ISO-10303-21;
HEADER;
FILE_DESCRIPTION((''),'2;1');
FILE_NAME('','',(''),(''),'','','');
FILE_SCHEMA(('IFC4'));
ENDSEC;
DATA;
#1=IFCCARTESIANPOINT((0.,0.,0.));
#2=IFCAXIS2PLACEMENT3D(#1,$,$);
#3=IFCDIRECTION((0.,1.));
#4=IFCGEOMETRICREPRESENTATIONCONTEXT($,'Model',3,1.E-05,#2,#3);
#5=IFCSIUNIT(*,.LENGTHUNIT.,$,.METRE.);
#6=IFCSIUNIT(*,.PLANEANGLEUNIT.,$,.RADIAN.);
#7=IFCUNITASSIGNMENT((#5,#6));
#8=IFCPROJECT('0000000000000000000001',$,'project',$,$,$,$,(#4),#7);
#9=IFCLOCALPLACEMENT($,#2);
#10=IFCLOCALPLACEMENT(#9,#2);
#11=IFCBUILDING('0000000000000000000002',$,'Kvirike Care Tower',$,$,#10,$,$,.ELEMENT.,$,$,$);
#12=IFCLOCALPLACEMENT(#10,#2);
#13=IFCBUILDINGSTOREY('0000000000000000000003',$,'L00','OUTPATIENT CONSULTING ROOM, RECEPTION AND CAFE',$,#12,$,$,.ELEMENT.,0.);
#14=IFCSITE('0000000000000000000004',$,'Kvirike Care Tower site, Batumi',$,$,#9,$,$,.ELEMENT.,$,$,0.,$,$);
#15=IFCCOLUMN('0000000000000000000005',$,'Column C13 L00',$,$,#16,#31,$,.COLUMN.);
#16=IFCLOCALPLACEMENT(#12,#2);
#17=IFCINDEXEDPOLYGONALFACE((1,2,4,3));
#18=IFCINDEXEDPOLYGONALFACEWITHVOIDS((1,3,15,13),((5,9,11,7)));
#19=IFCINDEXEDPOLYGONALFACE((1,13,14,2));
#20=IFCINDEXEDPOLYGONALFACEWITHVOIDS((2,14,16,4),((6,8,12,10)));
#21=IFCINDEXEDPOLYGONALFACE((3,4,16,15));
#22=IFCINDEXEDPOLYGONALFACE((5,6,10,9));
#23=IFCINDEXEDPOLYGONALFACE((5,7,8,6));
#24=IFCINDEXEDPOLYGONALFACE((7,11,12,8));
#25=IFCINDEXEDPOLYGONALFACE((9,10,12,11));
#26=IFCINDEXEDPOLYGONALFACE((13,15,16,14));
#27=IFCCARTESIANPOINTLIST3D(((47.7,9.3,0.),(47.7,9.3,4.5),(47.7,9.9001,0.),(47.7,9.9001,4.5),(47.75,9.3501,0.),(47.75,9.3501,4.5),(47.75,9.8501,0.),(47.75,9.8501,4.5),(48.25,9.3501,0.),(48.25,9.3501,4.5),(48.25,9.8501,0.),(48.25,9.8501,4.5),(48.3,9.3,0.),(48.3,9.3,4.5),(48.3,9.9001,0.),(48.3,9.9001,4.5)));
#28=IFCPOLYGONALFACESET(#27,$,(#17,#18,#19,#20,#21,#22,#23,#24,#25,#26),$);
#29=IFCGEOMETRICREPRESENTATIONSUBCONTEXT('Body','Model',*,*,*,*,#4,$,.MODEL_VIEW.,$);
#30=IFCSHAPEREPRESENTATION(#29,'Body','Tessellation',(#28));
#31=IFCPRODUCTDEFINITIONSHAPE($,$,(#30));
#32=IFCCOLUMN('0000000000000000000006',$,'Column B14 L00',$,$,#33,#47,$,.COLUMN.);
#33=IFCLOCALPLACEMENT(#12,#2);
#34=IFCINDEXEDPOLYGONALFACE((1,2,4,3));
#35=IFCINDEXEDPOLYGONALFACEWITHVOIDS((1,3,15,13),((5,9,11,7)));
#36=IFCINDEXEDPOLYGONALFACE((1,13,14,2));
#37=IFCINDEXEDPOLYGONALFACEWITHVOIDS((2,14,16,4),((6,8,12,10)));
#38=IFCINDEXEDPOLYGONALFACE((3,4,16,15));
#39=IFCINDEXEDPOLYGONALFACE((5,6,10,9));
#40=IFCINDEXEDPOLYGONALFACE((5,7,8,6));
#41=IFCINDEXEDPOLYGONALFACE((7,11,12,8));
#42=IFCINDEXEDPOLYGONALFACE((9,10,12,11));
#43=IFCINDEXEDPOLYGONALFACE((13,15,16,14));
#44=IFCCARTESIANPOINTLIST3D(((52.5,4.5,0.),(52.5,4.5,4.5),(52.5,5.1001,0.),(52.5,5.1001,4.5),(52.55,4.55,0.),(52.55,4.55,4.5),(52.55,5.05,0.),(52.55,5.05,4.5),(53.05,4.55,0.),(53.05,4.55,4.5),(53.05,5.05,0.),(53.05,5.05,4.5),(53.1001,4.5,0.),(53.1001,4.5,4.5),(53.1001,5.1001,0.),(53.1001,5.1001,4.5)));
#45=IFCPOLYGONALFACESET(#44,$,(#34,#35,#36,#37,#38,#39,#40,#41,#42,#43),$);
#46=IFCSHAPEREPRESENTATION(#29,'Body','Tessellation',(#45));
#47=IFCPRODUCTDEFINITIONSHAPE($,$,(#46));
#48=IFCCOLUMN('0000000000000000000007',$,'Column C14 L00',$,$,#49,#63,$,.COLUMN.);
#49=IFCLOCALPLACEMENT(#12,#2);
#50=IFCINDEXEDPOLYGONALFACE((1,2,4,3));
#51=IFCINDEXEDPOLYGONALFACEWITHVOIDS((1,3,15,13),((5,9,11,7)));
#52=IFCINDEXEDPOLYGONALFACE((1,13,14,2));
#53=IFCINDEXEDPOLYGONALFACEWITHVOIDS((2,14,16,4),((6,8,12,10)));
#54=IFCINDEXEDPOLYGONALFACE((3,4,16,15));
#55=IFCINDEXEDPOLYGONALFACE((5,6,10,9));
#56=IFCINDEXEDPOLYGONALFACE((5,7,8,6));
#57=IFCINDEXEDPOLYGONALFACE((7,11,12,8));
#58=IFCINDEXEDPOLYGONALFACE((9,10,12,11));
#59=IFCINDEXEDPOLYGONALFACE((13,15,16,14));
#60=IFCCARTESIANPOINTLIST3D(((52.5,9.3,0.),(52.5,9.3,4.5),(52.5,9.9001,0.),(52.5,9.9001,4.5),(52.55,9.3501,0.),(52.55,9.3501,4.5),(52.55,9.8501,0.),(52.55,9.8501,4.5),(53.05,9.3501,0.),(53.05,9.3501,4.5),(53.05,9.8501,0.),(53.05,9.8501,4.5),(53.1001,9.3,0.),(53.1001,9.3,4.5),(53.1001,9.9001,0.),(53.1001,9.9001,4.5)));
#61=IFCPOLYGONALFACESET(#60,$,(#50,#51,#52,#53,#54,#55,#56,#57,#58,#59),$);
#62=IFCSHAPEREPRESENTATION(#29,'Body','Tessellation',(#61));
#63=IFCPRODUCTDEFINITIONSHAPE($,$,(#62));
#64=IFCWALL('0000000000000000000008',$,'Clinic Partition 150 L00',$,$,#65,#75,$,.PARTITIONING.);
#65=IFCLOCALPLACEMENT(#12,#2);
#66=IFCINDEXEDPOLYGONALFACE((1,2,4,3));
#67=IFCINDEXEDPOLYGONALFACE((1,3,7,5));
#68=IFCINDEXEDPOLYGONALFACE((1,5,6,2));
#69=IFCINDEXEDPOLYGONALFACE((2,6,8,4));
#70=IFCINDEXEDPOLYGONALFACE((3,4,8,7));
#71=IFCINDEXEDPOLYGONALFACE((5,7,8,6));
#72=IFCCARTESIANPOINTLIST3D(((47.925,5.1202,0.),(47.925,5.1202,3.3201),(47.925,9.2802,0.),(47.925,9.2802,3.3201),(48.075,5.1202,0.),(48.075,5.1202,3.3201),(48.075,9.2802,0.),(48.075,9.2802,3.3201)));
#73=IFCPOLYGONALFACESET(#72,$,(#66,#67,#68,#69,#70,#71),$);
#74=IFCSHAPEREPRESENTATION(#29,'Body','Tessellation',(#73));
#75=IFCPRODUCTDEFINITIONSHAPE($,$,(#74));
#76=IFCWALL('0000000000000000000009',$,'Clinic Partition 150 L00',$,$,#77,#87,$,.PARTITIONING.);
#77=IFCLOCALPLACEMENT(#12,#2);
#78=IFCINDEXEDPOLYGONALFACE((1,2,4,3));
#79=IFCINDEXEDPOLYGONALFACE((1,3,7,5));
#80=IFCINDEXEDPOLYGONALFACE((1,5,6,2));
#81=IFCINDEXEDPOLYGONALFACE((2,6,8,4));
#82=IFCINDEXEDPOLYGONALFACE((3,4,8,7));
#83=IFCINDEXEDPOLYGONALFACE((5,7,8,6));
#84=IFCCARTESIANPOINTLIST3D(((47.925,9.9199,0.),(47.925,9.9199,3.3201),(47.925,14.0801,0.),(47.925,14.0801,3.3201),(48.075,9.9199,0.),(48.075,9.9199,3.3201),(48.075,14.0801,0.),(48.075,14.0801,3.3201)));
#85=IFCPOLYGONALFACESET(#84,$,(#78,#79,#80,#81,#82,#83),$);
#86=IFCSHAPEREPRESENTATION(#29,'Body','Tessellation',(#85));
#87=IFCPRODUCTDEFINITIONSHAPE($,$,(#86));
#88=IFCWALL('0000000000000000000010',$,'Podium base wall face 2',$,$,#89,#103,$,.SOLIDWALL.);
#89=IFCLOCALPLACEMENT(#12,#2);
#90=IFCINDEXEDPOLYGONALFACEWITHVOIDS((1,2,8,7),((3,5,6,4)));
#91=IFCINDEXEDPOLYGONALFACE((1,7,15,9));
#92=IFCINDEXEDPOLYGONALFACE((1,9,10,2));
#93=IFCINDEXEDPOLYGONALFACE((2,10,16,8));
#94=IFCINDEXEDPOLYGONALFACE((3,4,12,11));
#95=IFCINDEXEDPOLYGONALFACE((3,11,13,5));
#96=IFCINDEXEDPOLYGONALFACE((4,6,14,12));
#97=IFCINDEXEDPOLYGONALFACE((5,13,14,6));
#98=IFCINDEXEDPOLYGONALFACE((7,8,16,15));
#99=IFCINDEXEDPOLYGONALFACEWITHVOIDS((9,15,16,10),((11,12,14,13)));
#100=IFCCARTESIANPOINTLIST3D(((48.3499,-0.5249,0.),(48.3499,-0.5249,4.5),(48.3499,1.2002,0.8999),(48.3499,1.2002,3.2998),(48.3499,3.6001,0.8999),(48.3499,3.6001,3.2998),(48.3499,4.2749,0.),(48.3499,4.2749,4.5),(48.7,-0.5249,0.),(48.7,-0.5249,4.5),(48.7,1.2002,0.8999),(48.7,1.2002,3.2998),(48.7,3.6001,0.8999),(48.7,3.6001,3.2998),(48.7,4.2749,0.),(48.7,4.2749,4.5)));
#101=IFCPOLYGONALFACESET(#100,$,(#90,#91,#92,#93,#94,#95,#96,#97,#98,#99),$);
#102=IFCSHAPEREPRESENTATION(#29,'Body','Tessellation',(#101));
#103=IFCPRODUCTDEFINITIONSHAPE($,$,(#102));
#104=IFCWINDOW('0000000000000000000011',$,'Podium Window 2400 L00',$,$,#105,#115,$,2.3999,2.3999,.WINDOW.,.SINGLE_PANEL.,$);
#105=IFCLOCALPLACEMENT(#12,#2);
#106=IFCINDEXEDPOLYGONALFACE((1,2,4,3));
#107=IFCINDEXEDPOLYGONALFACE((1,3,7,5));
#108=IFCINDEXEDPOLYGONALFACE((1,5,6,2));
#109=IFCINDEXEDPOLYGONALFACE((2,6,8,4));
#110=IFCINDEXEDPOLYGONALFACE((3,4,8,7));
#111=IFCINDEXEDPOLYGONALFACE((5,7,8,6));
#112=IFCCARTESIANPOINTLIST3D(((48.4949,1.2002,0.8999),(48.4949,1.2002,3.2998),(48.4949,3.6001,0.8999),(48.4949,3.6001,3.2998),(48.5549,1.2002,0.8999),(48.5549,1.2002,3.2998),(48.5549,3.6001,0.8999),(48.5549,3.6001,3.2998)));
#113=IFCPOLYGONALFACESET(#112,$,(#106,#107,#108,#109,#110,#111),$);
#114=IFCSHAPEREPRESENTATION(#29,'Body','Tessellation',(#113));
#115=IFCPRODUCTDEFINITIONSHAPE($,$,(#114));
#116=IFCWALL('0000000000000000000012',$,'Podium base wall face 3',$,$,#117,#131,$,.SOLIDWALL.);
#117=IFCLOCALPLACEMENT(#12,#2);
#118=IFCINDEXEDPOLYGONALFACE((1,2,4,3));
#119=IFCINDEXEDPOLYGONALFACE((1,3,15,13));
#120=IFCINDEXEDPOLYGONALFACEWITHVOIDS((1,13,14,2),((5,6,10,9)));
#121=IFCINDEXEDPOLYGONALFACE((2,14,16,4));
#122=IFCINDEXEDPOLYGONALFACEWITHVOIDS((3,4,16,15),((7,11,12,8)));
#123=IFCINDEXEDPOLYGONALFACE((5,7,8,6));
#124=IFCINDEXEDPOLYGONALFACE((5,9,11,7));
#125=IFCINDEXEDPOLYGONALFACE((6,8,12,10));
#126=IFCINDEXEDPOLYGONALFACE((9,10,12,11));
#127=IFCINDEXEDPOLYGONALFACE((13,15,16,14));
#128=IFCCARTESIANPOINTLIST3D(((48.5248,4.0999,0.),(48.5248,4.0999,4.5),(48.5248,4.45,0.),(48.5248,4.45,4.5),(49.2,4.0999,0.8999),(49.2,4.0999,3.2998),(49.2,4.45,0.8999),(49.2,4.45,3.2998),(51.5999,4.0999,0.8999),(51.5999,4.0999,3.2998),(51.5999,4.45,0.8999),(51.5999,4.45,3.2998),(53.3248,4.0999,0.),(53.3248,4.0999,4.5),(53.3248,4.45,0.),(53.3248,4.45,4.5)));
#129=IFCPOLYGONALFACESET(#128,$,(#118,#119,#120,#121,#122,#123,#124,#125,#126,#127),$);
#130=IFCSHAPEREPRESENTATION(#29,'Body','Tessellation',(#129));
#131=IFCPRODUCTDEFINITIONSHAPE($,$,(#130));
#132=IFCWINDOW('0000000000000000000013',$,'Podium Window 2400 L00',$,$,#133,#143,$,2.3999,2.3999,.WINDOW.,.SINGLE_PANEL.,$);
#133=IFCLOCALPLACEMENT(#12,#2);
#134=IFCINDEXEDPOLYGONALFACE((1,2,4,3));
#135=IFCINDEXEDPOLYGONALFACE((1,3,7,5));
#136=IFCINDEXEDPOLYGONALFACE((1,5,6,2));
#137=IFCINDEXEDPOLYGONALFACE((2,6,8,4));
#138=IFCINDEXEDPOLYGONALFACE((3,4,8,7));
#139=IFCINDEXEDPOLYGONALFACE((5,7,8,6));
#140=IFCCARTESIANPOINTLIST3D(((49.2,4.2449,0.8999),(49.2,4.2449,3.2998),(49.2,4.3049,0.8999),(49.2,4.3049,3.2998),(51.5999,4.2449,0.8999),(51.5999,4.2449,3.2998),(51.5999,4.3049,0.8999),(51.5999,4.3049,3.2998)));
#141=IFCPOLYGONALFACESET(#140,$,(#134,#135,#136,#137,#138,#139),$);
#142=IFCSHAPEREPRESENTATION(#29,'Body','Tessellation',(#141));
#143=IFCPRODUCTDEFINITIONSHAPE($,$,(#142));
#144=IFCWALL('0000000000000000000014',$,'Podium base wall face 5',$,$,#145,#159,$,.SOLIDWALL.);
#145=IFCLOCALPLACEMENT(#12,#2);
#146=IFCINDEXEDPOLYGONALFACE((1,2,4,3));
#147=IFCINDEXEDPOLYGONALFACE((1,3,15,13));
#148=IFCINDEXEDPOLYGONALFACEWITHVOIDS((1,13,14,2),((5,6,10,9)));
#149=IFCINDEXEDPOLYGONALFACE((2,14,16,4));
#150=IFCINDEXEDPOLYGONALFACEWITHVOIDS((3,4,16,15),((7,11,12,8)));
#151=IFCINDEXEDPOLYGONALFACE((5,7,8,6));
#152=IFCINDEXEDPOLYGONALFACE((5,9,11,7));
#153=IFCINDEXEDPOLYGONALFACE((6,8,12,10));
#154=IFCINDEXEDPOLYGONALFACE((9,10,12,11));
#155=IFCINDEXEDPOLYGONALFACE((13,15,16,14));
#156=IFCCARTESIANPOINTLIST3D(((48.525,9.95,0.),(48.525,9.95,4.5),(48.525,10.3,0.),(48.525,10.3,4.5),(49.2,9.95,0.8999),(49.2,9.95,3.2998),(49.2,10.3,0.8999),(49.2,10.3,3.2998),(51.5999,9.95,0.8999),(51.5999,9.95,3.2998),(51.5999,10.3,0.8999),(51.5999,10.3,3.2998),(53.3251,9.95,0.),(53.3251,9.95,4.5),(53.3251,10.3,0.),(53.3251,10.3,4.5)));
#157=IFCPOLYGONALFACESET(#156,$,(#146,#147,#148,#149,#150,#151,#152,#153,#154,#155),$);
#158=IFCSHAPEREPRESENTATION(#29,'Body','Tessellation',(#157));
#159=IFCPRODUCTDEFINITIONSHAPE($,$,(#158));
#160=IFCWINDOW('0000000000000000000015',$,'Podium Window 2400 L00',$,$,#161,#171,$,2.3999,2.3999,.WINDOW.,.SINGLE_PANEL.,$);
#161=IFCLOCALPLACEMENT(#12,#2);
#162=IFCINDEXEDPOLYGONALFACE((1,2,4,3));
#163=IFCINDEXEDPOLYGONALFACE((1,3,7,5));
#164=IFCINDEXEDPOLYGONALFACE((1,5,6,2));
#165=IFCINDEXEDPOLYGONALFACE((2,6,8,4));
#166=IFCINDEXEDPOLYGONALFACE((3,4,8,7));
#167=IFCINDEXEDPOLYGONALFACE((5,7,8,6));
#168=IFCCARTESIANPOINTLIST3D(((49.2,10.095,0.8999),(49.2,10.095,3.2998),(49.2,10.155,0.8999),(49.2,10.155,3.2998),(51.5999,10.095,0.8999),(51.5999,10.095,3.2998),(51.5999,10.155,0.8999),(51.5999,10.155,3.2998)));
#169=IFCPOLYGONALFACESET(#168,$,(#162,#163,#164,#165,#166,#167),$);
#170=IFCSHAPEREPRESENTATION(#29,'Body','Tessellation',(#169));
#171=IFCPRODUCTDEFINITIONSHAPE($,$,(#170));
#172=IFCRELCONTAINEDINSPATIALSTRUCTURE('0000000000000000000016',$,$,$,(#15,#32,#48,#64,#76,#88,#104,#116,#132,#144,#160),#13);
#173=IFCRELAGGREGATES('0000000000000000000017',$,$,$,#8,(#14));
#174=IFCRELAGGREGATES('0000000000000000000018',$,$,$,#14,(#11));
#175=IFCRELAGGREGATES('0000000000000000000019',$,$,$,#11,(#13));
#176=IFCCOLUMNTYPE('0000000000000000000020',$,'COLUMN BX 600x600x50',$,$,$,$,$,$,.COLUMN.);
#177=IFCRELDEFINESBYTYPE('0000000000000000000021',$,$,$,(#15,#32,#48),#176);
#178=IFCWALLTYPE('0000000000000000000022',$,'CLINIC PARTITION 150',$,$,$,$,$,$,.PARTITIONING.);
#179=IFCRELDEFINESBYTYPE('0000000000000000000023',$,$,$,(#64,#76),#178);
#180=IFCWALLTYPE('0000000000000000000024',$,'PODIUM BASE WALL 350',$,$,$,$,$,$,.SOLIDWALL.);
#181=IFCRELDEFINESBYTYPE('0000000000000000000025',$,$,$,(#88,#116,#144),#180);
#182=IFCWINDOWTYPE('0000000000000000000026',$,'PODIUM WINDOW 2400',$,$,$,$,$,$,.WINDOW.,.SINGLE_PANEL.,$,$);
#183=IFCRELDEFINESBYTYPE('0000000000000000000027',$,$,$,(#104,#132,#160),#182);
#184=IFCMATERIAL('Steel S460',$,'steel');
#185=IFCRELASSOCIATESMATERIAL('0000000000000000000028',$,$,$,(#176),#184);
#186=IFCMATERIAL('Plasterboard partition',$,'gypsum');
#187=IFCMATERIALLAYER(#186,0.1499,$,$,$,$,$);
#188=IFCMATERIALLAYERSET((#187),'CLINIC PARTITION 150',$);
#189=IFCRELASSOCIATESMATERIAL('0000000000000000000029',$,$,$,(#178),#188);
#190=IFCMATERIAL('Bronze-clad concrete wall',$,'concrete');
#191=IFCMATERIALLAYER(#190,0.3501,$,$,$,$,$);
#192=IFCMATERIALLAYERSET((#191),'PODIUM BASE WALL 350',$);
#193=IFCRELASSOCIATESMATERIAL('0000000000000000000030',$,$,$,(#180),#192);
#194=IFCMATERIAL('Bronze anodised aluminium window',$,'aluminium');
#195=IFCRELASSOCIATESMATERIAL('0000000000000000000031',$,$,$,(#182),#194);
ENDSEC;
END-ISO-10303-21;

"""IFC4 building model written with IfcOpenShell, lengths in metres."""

from ifc_helpers import new_model, si_unit, direction, frame, frame_2d, origin, origin_2d, place, context, subcontext, project, spatial, rectangle, hollow_rectangle, extrude, material, layer, layer_set, material_profile, profile_set, type_object, element, fill, save


model = new_model("IFC4")

# Units and contexts
model_context = context("Model", 3, precision=1e-05, world=origin(), true_north=direction((0.0, 1.0)))
body_context = subcontext(model_context, "Body", "Model", "MODEL_VIEW")
ifc_project = project(units=[si_unit("LENGTHUNIT", "METRE"), si_unit("PLANEANGLEUNIT", "RADIAN")], contexts=[model_context])

# Site, building, storey
site_placement = place(None, origin())
site = spatial("IfcSite", under=ifc_project, at=site_placement, Name="Kvirike Care Tower site, Batumi", CompositionType="ELEMENT", RefElevation=0.0)
building_placement = place(site_placement, origin())
building = spatial("IfcBuilding", under=site, at=building_placement, Name="Kvirike Care Tower", CompositionType="ELEMENT")
storey_placement = place(building_placement, origin())
storey = spatial("IfcBuildingStorey", under=building, at=storey_placement, Name="L00", Description="OUTPATIENT CONSULTING ROOM, RECEPTION AND CAFE", CompositionType="ELEMENT", Elevation=0.0)

# Columns
ifc_material_1 = material(Name="Steel S460", Category="steel")
ifc_material_profile_1 = material_profile(ifc_material_1, hollow_rectangle(XDim=0.6001, YDim=0.6001, WallThickness=0.05, at=origin_2d()), Name="BX 600x600x50")
ifc_profile_set_1 = profile_set([ifc_material_profile_1], Name="Steel S460")
column_type = type_object("IfcColumnType", Name="COLUMN BX 600x600x50", PredefinedType="COLUMN", material=ifc_profile_set_1)
for number, where, z_axis, x_axis, name in (
    (1, (48.0, 9.6001, 0.0), (0.0, 0.0, 1.0), (0.0, 1.0, 0.0), "Column C13 L00"),
    (2, (52.8, 4.8, 0.0), (0.0, 0.0, 1.0), (0.0, 1.0, 0.0), "Column B14 L00"),
    (3, (52.8, 9.6001, 0.0), (0.0, 0.0, 1.0), (0.0, 1.0, 0.0), "Column C14 L00"),
):
    element("IfcColumn", number, at=place(storey_placement, frame(where, z_axis=z_axis, x_axis=x_axis)), inside=storey, type_object=column_type, Name=name, PredefinedType="COLUMN", context=body_context, shape_type="SweptSolid", body=[
        extrude(hollow_rectangle(XDim=0.6001, YDim=0.6001, WallThickness=0.05, at=origin_2d()), origin(), (0.0, 0.0, 1.0), 4.5),
    ])

# Walls
ifc_material_2 = material(Name="Plasterboard partition", Category="gypsum")
ifc_layer_1 = layer(ifc_material_2, 0.1499)
ifc_layer_set_1 = layer_set([ifc_layer_1], Name="CLINIC PARTITION 150")
wall_type_1 = type_object("IfcWallType", Name="CLINIC PARTITION 150", PredefinedType="PARTITIONING", material=ifc_layer_set_1)
wall_1_placement = place(storey_placement, frame((48.0, 5.1201, 0.0), z_axis=(0.0, 0.0, 1.0), x_axis=(0.0, 1.0, 0.0)))
element("IfcWall", 4, at=wall_1_placement, inside=storey, type_object=wall_type_1, Name="Clinic Partition 150 L00", PredefinedType="PARTITIONING", context=body_context, shape_type="SweptSolid", body=[
    extrude(rectangle(XDim=4.1599, YDim=0.1499, at=frame_2d((2.0801, 0.0))), origin(), (0.0, 0.0, 1.0), 3.3201),
])
wall_2_placement = place(storey_placement, frame((48.0, 9.9199, 0.0), z_axis=(0.0, 0.0, 1.0), x_axis=(0.0, 1.0, 0.0)))
element("IfcWall", 5, at=wall_2_placement, inside=storey, type_object=wall_type_1, Name="Clinic Partition 150 L00", PredefinedType="PARTITIONING", context=body_context, shape_type="SweptSolid", body=[
    extrude(rectangle(XDim=4.1602, YDim=0.1499, at=frame_2d((2.0801, 0.0))), origin(), (0.0, 0.0, 1.0), 3.3201),
])

# Walls, openings, windows
ifc_material_3 = material(Name="Bronze-clad concrete wall", Category="concrete")
ifc_layer_2 = layer(ifc_material_3, 0.3501)
ifc_layer_set_2 = layer_set([ifc_layer_2], Name="PODIUM BASE WALL 350")
wall_type_2 = type_object("IfcWallType", Name="PODIUM BASE WALL 350", PredefinedType="SOLIDWALL", material=ifc_layer_set_2)
wall_3_placement = place(storey_placement, frame((48.5249, -0.5249, 0.0), z_axis=(0.0, 0.0, 1.0), x_axis=(0.0, 1.0, 0.0)))
wall_3 = element("IfcWall", 6, at=wall_3_placement, inside=storey, type_object=wall_type_2, Name="Podium base wall face 2", PredefinedType="SOLIDWALL", context=body_context, shape_type="SweptSolid", body=[
    extrude(rectangle(XDim=4.7998, YDim=0.3501, at=frame_2d((2.3999, 0.0))), origin(), (0.0, 0.0, 1.0), 4.5),
])
opening_1_placement = place(wall_3_placement, frame((1.7251, 0.0, 0.8999)))
opening_1 = element("IfcOpeningElement", 7, at=opening_1_placement, cuts=wall_3, PredefinedType="OPENING", context=body_context, shape_type="SweptSolid", body=[
    extrude(rectangle(XDim=2.3999, YDim=2.3999, at=frame_2d((1.2, 1.2))), frame((0.0, 0.1855, 0.0), z_axis=(0.0, -1.0, 0.0), x_axis=(1.0, 0.0, 0.0)), (0.0, 0.0, 1.0), 0.3711),
])
ifc_material_4 = material(Name="Bronze anodised aluminium window", Category="aluminium")
window_type = type_object("IfcWindowType", Name="PODIUM WINDOW 2400", PartitioningType="SINGLE_PANEL", PredefinedType="WINDOW", material=ifc_material_4)
window_1_placement = place(opening_1_placement, origin())
window_1 = element("IfcWindow", 8, at=window_1_placement, inside=storey, type_object=window_type, Name="Podium Window 2400 L00", OverallHeight=2.3999, OverallWidth=2.3999, PartitioningType="SINGLE_PANEL", PredefinedType="WINDOW", context=body_context, shape_type="SweptSolid", body=[
    extrude(rectangle(XDim=2.3999, YDim=2.3999, at=frame_2d((1.2, 1.2))), frame((0.0, 0.03, 0.0), z_axis=(0.0, -1.0, 0.0), x_axis=(1.0, 0.0, 0.0)), (0.0, 0.0, 1.0), 0.0601),
])
fill(opening_1, window_1)
wall_4_placement = place(storey_placement, frame((48.5249, 4.2749, 0.0), z_axis=(0.0, 0.0, 1.0), x_axis=(1.0, 0.0, 0.0)))
wall_4 = element("IfcWall", 9, at=wall_4_placement, inside=storey, type_object=wall_type_2, Name="Podium base wall face 3", PredefinedType="SOLIDWALL", context=body_context, shape_type="SweptSolid", body=[
    extrude(rectangle(XDim=4.8, YDim=0.3501, at=frame_2d((2.3999, 0.0))), origin(), (0.0, 0.0, 1.0), 4.5),
])
opening_2_placement = place(wall_4_placement, frame((0.675, 0.0, 0.8999)))
opening_2 = element("IfcOpeningElement", 10, at=opening_2_placement, cuts=wall_4, PredefinedType="OPENING", context=body_context, shape_type="SweptSolid", body=[
    extrude(rectangle(XDim=2.3999, YDim=2.3999, at=frame_2d((1.2, 1.2))), frame((0.0, 0.1855, 0.0), z_axis=(0.0, -1.0, 0.0), x_axis=(1.0, 0.0, 0.0)), (0.0, 0.0, 1.0), 0.3711),
])
window_2_placement = place(opening_2_placement, origin())
window_2 = element("IfcWindow", 11, at=window_2_placement, inside=storey, type_object=window_type, Name="Podium Window 2400 L00", OverallHeight=2.3999, OverallWidth=2.3999, PartitioningType="SINGLE_PANEL", PredefinedType="WINDOW", context=body_context, shape_type="SweptSolid", body=[
    extrude(rectangle(XDim=2.3999, YDim=2.3999, at=frame_2d((1.2, 1.2))), frame((0.0, 0.03, 0.0), z_axis=(0.0, -1.0, 0.0), x_axis=(1.0, 0.0, 0.0)), (0.0, 0.0, 1.0), 0.0601),
])
fill(opening_2, window_2)

# Wall, opening, window
wall_5_placement = place(storey_placement, frame((53.325, 10.125, 0.0), z_axis=(0.0, 0.0, 1.0), x_axis=(-1.0, 0.0, 0.0)))
wall_5 = element("IfcWall", 12, at=wall_5_placement, inside=storey, type_object=wall_type_2, Name="Podium base wall face 5", PredefinedType="SOLIDWALL", context=body_context, shape_type="SweptSolid", body=[
    extrude(rectangle(XDim=4.8, YDim=0.3501, at=frame_2d((2.3999, 0.0))), origin(), (0.0, 0.0, 1.0), 4.5),
])
opening_3_placement = place(wall_5_placement, frame((1.7251, 0.0, 0.8999)))
opening_3 = element("IfcOpeningElement", 13, at=opening_3_placement, cuts=wall_5, PredefinedType="OPENING", context=body_context, shape_type="SweptSolid", body=[
    extrude(rectangle(XDim=2.3999, YDim=2.3999, at=frame_2d((1.2, 1.2))), frame((0.0, 0.1855, 0.0), z_axis=(0.0, -1.0, 0.0), x_axis=(1.0, 0.0, 0.0)), (0.0, 0.0, 1.0), 0.3711),
])
window_3_placement = place(opening_3_placement, origin())
window_3 = element("IfcWindow", 14, at=window_3_placement, inside=storey, type_object=window_type, Name="Podium Window 2400 L00", OverallHeight=2.3999, OverallWidth=2.3999, PartitioningType="SINGLE_PANEL", PredefinedType="WINDOW", context=body_context, shape_type="SweptSolid", body=[
    extrude(rectangle(XDim=2.3999, YDim=2.3999, at=frame_2d((1.2, 1.2))), frame((0.0, 0.03, 0.0), z_axis=(0.0, -1.0, 0.0), x_axis=(1.0, 0.0, 0.0)), (0.0, 0.0, 1.0), 0.0601),
])
fill(opening_3, window_3)

save(model, "model.ifc")
